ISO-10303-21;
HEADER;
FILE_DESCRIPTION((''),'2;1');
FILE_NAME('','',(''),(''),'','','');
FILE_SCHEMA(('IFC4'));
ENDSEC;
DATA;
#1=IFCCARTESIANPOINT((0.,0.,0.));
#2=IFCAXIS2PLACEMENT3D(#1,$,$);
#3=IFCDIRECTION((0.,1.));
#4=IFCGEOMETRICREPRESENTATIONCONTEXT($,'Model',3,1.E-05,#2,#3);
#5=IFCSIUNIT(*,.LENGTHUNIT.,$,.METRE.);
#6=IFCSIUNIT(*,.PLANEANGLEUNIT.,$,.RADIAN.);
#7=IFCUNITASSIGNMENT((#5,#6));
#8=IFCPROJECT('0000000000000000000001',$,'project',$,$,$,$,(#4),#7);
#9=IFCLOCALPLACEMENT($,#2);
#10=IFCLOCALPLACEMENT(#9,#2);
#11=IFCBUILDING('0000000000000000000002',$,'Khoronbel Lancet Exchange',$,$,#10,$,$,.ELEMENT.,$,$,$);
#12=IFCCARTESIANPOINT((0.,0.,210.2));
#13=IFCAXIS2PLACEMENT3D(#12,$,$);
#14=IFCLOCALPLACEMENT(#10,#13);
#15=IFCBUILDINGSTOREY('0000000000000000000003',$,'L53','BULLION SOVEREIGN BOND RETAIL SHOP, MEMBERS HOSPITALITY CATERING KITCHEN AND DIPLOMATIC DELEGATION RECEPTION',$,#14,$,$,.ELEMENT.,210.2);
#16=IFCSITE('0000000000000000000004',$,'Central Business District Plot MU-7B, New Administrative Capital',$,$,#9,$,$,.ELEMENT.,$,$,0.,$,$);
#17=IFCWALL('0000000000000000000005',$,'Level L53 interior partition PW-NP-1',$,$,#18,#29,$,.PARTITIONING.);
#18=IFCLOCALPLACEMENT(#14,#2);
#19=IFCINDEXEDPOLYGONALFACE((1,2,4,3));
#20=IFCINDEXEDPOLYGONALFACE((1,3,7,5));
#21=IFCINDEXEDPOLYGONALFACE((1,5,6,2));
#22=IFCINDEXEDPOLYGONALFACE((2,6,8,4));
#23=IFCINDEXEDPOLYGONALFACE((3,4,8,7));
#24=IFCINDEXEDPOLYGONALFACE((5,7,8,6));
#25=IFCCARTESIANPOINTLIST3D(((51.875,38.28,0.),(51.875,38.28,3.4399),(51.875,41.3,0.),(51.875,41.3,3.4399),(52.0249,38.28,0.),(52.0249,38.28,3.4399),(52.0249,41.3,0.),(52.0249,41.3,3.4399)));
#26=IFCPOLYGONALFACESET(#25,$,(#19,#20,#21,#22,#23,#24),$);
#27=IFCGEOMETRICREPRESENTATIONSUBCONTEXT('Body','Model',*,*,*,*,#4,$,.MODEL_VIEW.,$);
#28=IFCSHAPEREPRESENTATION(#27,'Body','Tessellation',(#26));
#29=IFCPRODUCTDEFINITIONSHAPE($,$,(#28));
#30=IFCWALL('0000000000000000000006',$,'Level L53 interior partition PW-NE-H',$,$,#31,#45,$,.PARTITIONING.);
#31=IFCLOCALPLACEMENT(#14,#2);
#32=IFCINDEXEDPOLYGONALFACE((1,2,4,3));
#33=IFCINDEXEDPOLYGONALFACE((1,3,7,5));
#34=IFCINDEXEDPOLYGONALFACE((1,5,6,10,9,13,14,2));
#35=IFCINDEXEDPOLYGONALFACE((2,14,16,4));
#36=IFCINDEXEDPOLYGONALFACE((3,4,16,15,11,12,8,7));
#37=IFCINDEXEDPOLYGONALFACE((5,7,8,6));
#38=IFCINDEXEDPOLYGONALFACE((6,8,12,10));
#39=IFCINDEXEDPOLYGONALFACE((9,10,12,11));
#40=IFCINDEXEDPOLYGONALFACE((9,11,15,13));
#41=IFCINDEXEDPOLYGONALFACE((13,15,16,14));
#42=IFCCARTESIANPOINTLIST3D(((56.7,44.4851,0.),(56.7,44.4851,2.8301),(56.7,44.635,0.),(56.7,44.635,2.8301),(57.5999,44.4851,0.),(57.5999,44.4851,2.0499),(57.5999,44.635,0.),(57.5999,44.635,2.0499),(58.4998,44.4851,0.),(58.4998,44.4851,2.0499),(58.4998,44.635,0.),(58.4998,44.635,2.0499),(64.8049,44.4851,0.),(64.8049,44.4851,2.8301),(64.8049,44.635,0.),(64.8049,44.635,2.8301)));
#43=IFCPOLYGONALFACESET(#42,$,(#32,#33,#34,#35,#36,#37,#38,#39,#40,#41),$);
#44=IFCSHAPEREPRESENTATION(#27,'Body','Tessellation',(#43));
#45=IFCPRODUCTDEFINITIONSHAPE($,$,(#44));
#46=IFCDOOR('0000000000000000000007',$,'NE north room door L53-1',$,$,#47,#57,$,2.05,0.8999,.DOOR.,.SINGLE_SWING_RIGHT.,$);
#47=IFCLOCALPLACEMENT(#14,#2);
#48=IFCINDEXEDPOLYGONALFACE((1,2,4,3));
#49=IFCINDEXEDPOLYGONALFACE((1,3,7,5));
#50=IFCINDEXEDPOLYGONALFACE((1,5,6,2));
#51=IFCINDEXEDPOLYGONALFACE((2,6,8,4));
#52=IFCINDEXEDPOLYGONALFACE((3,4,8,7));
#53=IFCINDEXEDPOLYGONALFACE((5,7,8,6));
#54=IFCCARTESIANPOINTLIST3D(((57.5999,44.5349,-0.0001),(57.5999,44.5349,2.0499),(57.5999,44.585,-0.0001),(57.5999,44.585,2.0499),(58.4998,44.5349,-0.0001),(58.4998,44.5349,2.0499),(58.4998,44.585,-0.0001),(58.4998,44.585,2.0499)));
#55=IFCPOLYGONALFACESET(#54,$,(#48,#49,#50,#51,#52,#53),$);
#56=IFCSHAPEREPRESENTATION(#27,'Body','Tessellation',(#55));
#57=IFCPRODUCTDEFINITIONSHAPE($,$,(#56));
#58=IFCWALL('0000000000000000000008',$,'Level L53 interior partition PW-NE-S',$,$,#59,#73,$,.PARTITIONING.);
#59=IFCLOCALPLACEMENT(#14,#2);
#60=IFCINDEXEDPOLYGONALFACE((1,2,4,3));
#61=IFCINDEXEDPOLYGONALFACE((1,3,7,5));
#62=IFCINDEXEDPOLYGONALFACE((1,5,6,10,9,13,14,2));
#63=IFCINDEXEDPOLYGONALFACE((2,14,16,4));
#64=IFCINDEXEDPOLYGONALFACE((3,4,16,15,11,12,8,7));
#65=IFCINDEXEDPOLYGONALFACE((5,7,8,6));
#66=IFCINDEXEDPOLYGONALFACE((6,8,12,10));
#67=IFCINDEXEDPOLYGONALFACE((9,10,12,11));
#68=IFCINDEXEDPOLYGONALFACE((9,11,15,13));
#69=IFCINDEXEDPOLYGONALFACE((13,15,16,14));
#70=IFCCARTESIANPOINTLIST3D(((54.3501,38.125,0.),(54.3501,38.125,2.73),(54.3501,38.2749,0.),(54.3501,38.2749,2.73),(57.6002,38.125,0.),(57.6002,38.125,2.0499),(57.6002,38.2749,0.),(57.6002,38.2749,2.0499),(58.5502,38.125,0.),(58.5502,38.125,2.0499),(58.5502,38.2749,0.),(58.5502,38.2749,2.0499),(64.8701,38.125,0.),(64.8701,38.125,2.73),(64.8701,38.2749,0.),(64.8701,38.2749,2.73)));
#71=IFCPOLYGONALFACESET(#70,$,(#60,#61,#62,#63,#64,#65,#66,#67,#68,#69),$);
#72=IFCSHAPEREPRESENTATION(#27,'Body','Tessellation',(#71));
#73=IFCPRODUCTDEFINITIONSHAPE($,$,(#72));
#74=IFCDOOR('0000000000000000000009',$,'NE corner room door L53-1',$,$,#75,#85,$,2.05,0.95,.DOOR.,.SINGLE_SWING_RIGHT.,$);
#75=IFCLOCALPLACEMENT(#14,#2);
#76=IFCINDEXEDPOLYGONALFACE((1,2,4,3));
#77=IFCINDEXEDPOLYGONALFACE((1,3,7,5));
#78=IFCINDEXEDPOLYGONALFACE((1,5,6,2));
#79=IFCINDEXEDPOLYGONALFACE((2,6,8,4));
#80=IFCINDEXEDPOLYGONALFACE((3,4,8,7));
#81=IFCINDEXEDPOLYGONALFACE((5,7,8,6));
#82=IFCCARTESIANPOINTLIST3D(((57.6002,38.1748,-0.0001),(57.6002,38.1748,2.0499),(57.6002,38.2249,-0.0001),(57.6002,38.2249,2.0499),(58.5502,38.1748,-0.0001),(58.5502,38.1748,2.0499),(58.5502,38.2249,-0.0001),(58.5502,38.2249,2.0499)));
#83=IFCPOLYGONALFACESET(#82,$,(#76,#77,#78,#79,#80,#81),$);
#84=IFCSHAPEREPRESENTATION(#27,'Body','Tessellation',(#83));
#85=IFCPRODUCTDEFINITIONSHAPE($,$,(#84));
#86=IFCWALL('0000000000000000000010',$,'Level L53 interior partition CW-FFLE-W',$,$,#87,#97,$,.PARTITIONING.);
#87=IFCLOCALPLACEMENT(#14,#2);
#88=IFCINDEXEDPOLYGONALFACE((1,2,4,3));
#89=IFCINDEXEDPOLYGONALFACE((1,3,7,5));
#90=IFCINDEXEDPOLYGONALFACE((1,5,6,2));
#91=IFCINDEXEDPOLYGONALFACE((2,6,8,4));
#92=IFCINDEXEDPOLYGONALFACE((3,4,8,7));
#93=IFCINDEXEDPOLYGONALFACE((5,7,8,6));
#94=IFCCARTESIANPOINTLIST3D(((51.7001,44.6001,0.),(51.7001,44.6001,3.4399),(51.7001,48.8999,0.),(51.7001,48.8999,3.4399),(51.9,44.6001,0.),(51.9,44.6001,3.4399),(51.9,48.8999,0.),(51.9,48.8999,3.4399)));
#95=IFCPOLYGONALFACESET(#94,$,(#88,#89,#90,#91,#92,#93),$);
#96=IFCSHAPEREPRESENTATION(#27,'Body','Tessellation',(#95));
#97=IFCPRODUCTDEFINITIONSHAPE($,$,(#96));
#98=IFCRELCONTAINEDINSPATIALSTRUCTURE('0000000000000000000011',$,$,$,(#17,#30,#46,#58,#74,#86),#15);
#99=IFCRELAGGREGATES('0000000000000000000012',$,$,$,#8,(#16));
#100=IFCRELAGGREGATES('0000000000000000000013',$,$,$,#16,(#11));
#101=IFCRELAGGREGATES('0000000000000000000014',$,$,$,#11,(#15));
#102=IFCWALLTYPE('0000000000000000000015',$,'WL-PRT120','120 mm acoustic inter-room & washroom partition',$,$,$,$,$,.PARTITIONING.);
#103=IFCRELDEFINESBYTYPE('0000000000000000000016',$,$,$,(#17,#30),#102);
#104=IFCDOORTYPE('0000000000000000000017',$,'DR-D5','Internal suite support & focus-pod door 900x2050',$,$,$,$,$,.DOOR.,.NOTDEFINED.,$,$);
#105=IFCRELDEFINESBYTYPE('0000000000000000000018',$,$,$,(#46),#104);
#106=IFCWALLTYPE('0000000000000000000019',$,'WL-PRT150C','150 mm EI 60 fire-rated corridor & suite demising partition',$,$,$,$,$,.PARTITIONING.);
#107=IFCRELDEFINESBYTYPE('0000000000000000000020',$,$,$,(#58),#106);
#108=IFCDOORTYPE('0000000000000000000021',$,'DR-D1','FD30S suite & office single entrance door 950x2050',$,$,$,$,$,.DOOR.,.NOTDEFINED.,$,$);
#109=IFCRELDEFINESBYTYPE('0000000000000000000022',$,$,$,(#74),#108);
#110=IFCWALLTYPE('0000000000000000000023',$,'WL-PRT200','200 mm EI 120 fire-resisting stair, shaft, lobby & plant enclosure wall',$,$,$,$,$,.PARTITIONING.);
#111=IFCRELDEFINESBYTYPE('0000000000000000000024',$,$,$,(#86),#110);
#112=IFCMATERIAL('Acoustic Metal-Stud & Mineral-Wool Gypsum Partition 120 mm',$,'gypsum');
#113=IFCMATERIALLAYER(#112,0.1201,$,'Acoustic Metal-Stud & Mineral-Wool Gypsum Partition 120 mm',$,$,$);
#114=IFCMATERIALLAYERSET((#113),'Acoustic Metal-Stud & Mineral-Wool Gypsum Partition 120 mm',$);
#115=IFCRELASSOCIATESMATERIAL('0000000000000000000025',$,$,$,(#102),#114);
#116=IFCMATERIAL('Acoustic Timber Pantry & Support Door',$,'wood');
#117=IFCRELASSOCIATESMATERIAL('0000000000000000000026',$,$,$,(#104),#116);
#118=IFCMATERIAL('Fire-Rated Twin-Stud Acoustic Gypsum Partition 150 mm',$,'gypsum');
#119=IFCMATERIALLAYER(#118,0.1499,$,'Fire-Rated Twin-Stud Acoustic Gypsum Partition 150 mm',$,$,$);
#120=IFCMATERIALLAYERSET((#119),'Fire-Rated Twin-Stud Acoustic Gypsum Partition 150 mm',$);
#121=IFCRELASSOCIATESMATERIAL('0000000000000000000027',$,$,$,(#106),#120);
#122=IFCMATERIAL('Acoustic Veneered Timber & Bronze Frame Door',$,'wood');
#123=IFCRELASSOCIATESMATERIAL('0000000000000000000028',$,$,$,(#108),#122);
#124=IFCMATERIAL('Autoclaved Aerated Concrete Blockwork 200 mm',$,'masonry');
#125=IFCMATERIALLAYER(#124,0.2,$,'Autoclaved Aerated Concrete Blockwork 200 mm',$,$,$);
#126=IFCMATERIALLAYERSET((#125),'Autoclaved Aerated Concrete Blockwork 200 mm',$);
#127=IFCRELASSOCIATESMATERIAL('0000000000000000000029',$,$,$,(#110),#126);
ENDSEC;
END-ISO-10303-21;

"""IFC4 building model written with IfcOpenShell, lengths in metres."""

from ifc_helpers import new_model, si_unit, direction, frame, frame_2d, origin, place, context, subcontext, project, spatial, rectangle, extrude, material, layer, layer_set, type_object, element, fill, save


model = new_model("IFC4")

# Units and contexts
model_context = context("Model", 3, precision=1e-05, world=origin(), true_north=direction((0.0, 1.0)))
body_context = subcontext(model_context, "Body", "Model", "MODEL_VIEW")
ifc_project = project(units=[si_unit("LENGTHUNIT", "METRE"), si_unit("PLANEANGLEUNIT", "RADIAN")], contexts=[model_context])

# Site, building, storey
site_placement = place(None, origin())
site = spatial("IfcSite", under=ifc_project, at=site_placement, Name="Central Business District Plot MU-7B, New Administrative Capital", CompositionType="ELEMENT", RefElevation=0.0)
building_placement = place(site_placement, origin())
building = spatial("IfcBuilding", under=site, at=building_placement, Name="Khoronbel Lancet Exchange", CompositionType="ELEMENT")
storey_placement = place(building_placement, frame((0.0, 0.0, 210.2)))
storey = spatial("IfcBuildingStorey", under=building, at=storey_placement, Name="L53", Description="BULLION SOVEREIGN BOND RETAIL SHOP, MEMBERS HOSPITALITY CATERING KITCHEN AND DIPLOMATIC DELEGATION RECEPTION", CompositionType="ELEMENT", Elevation=210.2)

# Wall
ifc_material_1 = material(Name="Acoustic Metal-Stud & Mineral-Wool Gypsum Partition 120 mm", Category="gypsum")
ifc_layer_1 = layer(ifc_material_1, 0.1201, Name="Acoustic Metal-Stud & Mineral-Wool Gypsum Partition 120 mm")
ifc_layer_set_1 = layer_set([ifc_layer_1], Name="Acoustic Metal-Stud & Mineral-Wool Gypsum Partition 120 mm")
wall_type_1 = type_object("IfcWallType", Name="WL-PRT120", Description="120 mm acoustic inter-room & washroom partition", PredefinedType="PARTITIONING", material=ifc_layer_set_1)
wall_1_placement = place(storey_placement, frame((51.95, 38.28, 0.0), z_axis=(0.0, 0.0, 1.0), x_axis=(0.0, 1.0, 0.0)))
element("IfcWall", 1, at=wall_1_placement, inside=storey, type_object=wall_type_1, Name="Level L53 interior partition PW-NP-1", PredefinedType="PARTITIONING", context=body_context, shape_type="SweptSolid", body=[
    extrude(rectangle(XDim=3.02, YDim=0.1499, at=frame_2d((1.51, 0.0))), origin(), (0.0, 0.0, 1.0), 3.4399),
])

# Walls, openings, doors
wall_2_placement = place(storey_placement, frame((56.7, 44.5601, 0.0), z_axis=(0.0, 0.0, 1.0), x_axis=(1.0, 0.0, 0.0)))
wall_2 = element("IfcWall", 2, at=wall_2_placement, inside=storey, type_object=wall_type_1, Name="Level L53 interior partition PW-NE-H", PredefinedType="PARTITIONING", context=body_context, shape_type="SweptSolid", body=[
    extrude(rectangle(XDim=8.105, YDim=0.1499, at=frame_2d((4.0525, 0.0))), origin(), (0.0, 0.0, 1.0), 2.8301),
])
opening_1_placement = place(wall_2_placement, frame((0.8999, 0.0, 0.0)))
opening_1 = element("IfcOpeningElement", 3, at=opening_1_placement, cuts=wall_2, PredefinedType="OPENING", context=body_context, shape_type="SweptSolid", body=[
    extrude(rectangle(XDim=0.8999, YDim=2.05, at=frame_2d((0.45, 1.0249))), frame((0.0, 0.085, 0.0), z_axis=(0.0, -1.0, 0.0), x_axis=(1.0, 0.0, 0.0)), (0.0, 0.0, 1.0), 0.1699),
])
ifc_material_2 = material(Name="Acoustic Timber Pantry & Support Door", Category="wood")
door_type_1 = type_object("IfcDoorType", Name="DR-D5", Description="Internal suite support & focus-pod door 900x2050", OperationType="NOTDEFINED", PredefinedType="DOOR", material=ifc_material_2)
door_1_placement = place(opening_1_placement, origin())
door_1 = element("IfcDoor", 4, at=door_1_placement, inside=storey, type_object=door_type_1, Name="NE north room door L53-1", OperationType="SINGLE_SWING_RIGHT", OverallHeight=2.05, OverallWidth=0.8999, PredefinedType="DOOR", context=body_context, shape_type="SweptSolid", body=[
    extrude(rectangle(XDim=0.8999, YDim=2.05, at=frame_2d((0.45, 1.0249))), frame((0.0, 0.0249, 0.0), z_axis=(0.0, -1.0, 0.0), x_axis=(1.0, 0.0, 0.0)), (0.0, 0.0, 1.0), 0.05),
])
fill(opening_1, door_1)
ifc_material_3 = material(Name="Fire-Rated Twin-Stud Acoustic Gypsum Partition 150 mm", Category="gypsum")
ifc_layer_2 = layer(ifc_material_3, 0.1499, Name="Fire-Rated Twin-Stud Acoustic Gypsum Partition 150 mm")
ifc_layer_set_2 = layer_set([ifc_layer_2], Name="Fire-Rated Twin-Stud Acoustic Gypsum Partition 150 mm")
wall_type_2 = type_object("IfcWallType", Name="WL-PRT150C", Description="150 mm EI 60 fire-rated corridor & suite demising partition", PredefinedType="PARTITIONING", material=ifc_layer_set_2)
wall_3_placement = place(storey_placement, frame((54.3501, 38.2, 0.0), z_axis=(0.0, 0.0, 1.0), x_axis=(1.0, 0.0, 0.0)))
wall_3 = element("IfcWall", 5, at=wall_3_placement, inside=storey, type_object=wall_type_2, Name="Level L53 interior partition PW-NE-S", PredefinedType="PARTITIONING", context=body_context, shape_type="SweptSolid", body=[
    extrude(rectangle(XDim=10.52, YDim=0.1499, at=frame_2d((5.26, 0.0))), origin(), (0.0, 0.0, 1.0), 2.73),
])
opening_2_placement = place(wall_3_placement, frame((3.25, 0.0, 0.0)))
opening_2 = element("IfcOpeningElement", 6, at=opening_2_placement, cuts=wall_3, PredefinedType="OPENING", context=body_context, shape_type="SweptSolid", body=[
    extrude(rectangle(XDim=0.95, YDim=2.05, at=frame_2d((0.4751, 1.0249))), frame((0.0, 0.085, 0.0), z_axis=(0.0, -1.0, 0.0), x_axis=(1.0, 0.0, 0.0)), (0.0, 0.0, 1.0), 0.1699),
])
ifc_material_4 = material(Name="Acoustic Veneered Timber & Bronze Frame Door", Category="wood")
door_type_2 = type_object("IfcDoorType", Name="DR-D1", Description="FD30S suite & office single entrance door 950x2050", OperationType="NOTDEFINED", PredefinedType="DOOR", material=ifc_material_4)
door_2_placement = place(opening_2_placement, origin())
door_2 = element("IfcDoor", 7, at=door_2_placement, inside=storey, type_object=door_type_2, Name="NE corner room door L53-1", OperationType="SINGLE_SWING_RIGHT", OverallHeight=2.05, OverallWidth=0.95, PredefinedType="DOOR", context=body_context, shape_type="SweptSolid", body=[
    extrude(rectangle(XDim=0.95, YDim=2.05, at=frame_2d((0.4751, 1.0249))), frame((0.0, 0.0249, 0.0), z_axis=(0.0, -1.0, 0.0), x_axis=(1.0, 0.0, 0.0)), (0.0, 0.0, 1.0), 0.05),
])
fill(opening_2, door_2)

# Wall
ifc_material_5 = material(Name="Autoclaved Aerated Concrete Blockwork 200 mm", Category="masonry")
ifc_layer_3 = layer(ifc_material_5, 0.2, Name="Autoclaved Aerated Concrete Blockwork 200 mm")
ifc_layer_set_3 = layer_set([ifc_layer_3], Name="Autoclaved Aerated Concrete Blockwork 200 mm")
wall_type_3 = type_object("IfcWallType", Name="WL-PRT200", Description="200 mm EI 120 fire-resisting stair, shaft, lobby & plant enclosure wall", PredefinedType="PARTITIONING", material=ifc_layer_set_3)
wall_4_placement = place(storey_placement, frame((51.8, 44.6001, 0.0), z_axis=(0.0, 0.0, 1.0), x_axis=(0.0, 1.0, 0.0)))
element("IfcWall", 8, at=wall_4_placement, inside=storey, type_object=wall_type_3, Name="Level L53 interior partition CW-FFLE-W", PredefinedType="PARTITIONING", context=body_context, shape_type="SweptSolid", body=[
    extrude(rectangle(XDim=4.2998, YDim=0.2, at=frame_2d((2.1499, 0.0))), origin(), (0.0, 0.0, 1.0), 3.4399),
])

save(model, "model.ifc")
